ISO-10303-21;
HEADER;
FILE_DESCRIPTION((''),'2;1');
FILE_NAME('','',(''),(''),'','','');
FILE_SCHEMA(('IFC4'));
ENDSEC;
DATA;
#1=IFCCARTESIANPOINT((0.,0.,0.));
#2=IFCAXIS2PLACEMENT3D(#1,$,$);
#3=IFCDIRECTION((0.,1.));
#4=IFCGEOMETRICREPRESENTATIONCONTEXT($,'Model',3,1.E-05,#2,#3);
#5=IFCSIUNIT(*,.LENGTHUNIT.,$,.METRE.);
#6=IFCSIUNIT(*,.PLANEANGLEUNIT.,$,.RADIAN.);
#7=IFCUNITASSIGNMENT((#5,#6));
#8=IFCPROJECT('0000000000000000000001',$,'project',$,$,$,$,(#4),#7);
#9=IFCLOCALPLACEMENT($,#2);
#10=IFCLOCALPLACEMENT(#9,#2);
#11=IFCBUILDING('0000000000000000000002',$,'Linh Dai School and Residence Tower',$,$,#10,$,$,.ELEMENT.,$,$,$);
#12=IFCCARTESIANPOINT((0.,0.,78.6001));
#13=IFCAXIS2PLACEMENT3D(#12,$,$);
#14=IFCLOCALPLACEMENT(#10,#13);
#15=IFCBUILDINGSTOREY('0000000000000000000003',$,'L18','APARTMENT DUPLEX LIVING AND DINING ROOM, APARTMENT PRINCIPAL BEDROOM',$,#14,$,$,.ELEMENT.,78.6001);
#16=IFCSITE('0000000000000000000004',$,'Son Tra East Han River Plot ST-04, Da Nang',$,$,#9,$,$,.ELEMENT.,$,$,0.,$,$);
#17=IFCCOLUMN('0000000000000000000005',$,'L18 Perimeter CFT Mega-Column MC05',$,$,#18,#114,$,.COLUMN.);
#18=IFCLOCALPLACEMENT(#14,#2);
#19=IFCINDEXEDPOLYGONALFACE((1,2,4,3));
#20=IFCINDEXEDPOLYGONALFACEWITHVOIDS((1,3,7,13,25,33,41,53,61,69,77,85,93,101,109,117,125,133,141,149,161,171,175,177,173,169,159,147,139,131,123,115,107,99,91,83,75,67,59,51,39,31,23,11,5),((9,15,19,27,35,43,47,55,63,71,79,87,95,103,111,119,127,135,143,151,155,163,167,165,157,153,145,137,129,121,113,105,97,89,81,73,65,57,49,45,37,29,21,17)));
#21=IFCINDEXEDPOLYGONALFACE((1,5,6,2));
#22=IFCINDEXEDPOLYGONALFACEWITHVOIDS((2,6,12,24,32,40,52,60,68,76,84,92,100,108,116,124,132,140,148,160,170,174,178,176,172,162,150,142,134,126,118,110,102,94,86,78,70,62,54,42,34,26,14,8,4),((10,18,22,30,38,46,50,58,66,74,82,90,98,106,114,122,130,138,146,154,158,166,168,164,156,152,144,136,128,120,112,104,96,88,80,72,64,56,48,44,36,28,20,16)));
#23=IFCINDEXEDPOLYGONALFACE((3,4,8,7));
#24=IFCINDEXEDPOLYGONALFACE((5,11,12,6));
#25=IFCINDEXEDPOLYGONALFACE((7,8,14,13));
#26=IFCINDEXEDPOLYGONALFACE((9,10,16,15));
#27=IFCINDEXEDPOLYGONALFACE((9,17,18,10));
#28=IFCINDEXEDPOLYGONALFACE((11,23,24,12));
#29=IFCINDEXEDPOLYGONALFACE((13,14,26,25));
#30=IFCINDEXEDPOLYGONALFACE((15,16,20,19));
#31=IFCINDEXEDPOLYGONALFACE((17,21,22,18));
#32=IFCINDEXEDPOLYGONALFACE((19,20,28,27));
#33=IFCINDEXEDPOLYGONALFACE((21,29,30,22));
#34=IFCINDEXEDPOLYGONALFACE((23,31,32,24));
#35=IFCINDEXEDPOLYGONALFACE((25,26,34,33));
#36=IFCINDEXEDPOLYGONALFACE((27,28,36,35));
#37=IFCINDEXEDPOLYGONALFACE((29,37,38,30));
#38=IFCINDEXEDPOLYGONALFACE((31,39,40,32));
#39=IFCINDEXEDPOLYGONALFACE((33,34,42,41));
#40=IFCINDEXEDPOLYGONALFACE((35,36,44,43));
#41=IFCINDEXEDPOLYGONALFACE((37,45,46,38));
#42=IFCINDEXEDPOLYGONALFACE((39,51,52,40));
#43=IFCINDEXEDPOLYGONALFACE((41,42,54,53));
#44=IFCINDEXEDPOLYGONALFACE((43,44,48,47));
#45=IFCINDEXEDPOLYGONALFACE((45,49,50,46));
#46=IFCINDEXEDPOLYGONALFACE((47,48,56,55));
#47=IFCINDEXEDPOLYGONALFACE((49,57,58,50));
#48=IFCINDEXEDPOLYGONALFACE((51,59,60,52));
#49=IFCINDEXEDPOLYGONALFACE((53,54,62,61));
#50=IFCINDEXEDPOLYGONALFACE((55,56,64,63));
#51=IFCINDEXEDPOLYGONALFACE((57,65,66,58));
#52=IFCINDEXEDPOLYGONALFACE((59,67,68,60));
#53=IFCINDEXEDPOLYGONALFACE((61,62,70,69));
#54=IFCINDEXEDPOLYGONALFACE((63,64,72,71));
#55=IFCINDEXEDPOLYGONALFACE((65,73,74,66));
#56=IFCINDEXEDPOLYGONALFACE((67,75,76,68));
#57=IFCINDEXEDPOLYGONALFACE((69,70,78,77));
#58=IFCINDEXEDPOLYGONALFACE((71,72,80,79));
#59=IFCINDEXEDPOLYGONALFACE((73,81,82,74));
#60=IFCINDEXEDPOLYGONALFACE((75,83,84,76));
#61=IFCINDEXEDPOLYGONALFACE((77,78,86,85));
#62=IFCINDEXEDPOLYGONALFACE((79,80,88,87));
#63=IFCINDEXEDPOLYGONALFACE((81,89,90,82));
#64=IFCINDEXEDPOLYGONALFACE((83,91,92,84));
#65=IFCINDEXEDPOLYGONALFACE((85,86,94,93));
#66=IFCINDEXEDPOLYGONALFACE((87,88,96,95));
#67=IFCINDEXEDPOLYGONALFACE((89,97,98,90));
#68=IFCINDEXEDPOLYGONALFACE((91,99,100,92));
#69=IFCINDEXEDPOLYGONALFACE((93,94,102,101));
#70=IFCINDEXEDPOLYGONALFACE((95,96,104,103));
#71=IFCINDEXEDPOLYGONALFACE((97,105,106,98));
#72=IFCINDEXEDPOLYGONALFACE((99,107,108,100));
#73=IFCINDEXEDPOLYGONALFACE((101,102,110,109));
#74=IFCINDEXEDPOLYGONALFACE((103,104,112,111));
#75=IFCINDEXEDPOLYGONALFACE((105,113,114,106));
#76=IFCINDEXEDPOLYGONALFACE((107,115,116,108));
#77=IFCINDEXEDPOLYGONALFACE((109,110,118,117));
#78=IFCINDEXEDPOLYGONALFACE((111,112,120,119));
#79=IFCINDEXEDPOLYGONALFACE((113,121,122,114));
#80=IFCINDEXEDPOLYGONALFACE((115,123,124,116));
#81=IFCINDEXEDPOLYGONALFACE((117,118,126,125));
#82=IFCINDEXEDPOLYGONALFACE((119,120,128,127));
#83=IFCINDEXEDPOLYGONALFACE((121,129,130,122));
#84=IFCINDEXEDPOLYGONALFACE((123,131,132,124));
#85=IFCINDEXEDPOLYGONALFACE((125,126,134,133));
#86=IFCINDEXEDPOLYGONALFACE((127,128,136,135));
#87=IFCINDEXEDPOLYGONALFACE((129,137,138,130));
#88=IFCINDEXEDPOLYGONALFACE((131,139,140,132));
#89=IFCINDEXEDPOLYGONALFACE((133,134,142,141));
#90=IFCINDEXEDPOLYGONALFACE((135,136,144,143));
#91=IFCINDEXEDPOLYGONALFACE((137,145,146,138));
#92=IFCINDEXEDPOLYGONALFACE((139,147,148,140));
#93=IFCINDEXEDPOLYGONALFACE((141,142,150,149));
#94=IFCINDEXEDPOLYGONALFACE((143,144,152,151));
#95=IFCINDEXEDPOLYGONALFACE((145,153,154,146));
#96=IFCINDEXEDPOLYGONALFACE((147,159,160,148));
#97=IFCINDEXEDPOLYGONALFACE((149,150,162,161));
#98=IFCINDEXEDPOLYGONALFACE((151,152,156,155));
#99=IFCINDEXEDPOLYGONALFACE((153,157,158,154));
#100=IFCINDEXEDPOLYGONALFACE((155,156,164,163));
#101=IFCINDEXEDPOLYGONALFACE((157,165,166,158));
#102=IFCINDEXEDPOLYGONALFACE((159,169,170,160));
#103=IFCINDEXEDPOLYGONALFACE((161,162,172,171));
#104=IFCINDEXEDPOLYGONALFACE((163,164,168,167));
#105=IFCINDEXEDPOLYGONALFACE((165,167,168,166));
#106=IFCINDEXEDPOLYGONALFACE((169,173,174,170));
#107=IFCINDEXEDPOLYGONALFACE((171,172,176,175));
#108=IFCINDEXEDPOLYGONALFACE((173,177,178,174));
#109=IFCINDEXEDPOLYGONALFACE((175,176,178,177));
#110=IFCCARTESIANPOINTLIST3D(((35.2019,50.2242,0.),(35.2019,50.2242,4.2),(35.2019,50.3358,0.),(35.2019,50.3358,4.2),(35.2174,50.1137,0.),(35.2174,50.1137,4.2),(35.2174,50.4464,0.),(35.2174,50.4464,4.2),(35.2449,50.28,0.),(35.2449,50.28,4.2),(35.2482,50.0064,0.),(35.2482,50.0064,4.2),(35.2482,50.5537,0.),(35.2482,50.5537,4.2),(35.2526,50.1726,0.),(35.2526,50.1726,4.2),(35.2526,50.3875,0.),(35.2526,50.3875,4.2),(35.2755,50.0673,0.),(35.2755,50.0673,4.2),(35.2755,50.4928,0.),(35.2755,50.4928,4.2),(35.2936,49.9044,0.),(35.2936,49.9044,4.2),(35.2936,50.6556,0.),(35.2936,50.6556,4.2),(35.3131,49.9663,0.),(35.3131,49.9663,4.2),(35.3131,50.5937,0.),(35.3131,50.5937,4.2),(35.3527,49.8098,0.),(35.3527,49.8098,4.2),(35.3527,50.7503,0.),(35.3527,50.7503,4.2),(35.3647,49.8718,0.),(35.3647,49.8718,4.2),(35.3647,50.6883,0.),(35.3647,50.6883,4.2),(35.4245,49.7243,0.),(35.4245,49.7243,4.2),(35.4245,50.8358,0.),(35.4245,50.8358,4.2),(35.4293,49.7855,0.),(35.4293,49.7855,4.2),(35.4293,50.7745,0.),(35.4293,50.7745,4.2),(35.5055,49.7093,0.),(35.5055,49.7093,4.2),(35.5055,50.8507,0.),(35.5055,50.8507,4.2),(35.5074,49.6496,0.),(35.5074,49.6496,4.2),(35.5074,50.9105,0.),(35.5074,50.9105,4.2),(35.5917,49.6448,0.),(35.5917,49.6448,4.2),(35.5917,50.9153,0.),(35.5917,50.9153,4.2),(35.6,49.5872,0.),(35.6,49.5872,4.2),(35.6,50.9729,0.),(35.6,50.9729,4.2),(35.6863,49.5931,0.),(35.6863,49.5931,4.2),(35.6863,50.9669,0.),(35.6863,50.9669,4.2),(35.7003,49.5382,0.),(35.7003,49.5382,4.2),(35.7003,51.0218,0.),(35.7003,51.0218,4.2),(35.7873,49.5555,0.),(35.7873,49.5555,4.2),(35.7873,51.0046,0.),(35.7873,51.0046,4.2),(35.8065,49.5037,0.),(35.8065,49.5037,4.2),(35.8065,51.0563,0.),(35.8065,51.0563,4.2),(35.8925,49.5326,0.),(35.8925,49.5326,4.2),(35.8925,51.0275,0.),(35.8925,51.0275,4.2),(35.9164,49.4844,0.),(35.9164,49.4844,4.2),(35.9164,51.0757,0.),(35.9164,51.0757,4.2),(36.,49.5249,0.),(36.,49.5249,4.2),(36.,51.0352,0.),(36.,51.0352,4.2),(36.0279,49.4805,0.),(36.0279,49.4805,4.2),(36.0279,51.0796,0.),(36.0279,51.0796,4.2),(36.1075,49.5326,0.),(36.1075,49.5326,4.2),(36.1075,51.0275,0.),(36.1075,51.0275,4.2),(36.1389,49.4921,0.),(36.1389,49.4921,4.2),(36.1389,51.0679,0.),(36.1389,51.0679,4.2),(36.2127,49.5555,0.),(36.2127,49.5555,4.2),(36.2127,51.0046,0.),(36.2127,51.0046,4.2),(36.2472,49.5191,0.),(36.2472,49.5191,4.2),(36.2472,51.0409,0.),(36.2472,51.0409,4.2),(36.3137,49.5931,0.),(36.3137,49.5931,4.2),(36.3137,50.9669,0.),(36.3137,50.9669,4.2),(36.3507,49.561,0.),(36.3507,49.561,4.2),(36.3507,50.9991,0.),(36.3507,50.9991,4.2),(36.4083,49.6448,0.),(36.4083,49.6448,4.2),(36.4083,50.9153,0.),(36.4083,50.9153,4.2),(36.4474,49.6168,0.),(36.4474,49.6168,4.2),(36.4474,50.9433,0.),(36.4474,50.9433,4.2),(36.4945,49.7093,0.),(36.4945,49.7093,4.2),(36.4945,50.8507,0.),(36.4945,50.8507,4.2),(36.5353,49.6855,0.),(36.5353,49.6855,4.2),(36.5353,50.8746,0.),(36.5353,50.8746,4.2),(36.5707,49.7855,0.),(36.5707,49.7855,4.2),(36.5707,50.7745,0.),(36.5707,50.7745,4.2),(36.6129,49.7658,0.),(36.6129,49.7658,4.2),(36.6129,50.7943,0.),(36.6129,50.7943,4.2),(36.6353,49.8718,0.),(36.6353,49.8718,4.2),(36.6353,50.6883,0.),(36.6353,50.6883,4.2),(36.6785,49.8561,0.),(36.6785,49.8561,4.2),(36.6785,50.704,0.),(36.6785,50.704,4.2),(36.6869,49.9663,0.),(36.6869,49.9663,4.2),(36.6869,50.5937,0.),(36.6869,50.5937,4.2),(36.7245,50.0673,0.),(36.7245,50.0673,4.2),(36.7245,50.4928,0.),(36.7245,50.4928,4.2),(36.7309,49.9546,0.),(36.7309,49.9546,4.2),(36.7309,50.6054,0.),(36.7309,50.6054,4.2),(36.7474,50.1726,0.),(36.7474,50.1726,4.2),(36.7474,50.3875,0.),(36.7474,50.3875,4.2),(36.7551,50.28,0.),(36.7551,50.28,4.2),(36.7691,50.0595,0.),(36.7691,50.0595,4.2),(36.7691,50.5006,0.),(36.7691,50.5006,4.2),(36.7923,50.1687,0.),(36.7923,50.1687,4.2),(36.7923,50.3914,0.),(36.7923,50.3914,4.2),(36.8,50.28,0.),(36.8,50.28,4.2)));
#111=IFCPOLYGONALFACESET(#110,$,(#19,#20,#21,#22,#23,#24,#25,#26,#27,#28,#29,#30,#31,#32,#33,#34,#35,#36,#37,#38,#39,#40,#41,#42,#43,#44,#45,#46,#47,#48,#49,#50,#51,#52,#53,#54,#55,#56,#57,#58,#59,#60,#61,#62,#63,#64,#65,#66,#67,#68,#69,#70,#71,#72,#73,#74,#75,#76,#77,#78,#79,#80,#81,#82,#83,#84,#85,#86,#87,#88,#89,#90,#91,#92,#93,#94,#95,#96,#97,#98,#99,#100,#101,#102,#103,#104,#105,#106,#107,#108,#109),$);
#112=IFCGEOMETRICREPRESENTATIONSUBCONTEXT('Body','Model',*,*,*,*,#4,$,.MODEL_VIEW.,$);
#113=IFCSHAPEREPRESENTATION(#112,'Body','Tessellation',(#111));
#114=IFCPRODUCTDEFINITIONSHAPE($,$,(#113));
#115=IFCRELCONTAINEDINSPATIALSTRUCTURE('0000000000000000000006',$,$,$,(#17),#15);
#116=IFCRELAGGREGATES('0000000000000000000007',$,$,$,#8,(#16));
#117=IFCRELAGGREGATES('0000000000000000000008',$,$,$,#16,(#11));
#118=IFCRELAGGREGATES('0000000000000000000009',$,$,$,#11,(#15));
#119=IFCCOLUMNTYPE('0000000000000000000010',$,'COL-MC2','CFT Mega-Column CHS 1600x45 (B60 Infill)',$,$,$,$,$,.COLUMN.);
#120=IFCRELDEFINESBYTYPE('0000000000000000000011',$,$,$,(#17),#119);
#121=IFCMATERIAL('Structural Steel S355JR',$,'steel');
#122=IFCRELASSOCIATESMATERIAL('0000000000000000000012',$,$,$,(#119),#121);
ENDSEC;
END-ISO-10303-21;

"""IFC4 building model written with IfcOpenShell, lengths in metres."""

from ifc_helpers import new_model, si_unit, direction, frame, origin, origin_2d, place, context, subcontext, project, spatial, hollow_circle, extrude, material, material_profile, profile_set, type_object, element, save


model = new_model("IFC4")

# Units and contexts
model_context = context("Model", 3, precision=1e-05, world=origin(), true_north=direction((0.0, 1.0)))
body_context = subcontext(model_context, "Body", "Model", "MODEL_VIEW")
ifc_project = project(units=[si_unit("LENGTHUNIT", "METRE"), si_unit("PLANEANGLEUNIT", "RADIAN")], contexts=[model_context])

# Site, building, storey
site_placement = place(None, origin())
site = spatial("IfcSite", under=ifc_project, at=site_placement, Name="Son Tra East Han River Plot ST-04, Da Nang", CompositionType="ELEMENT", RefElevation=0.0)
building_placement = place(site_placement, origin())
building = spatial("IfcBuilding", under=site, at=building_placement, Name="Linh Dai School and Residence Tower", CompositionType="ELEMENT")
storey_placement = place(building_placement, frame((0.0, 0.0, 78.6001)))
storey = spatial("IfcBuildingStorey", under=building, at=storey_placement, Name="L18", Description="APARTMENT DUPLEX LIVING AND DINING ROOM, APARTMENT PRINCIPAL BEDROOM", CompositionType="ELEMENT", Elevation=78.6001)

# Column
ifc_material_1 = material(Name="Structural Steel S355JR", Category="steel")
ifc_material_profile_1 = material_profile(ifc_material_1, hollow_circle(Radius=0.8, WallThickness=0.0449, at=origin_2d()), Name="CHS 1600x45")
ifc_profile_set_1 = profile_set([ifc_material_profile_1], Name="Structural Steel S355JR")
column_type_1 = type_object("IfcColumnType", Name="COL-MC2", Description="CFT Mega-Column CHS 1600x45 (B60 Infill)", PredefinedType="COLUMN", material=ifc_profile_set_1)
for number, where, z_axis, x_axis, name in (
    (1, (36.0, 50.28, 0.0), (0.0, 0.0, 1.0), (1.0, 0.0, 0.0), "L18 Perimeter CFT Mega-Column MC05"),
):
    element("IfcColumn", number, at=place(storey_placement, frame(where, z_axis=z_axis, x_axis=x_axis)), inside=storey, type_object=column_type_1, Name=name, PredefinedType="COLUMN", context=body_context, shape_type="SweptSolid", body=[
        extrude(hollow_circle(Radius=0.8, WallThickness=0.0449, at=origin_2d()), origin(), (0.0, 0.0, 1.0), 4.2),
    ])

save(model, "model.ifc")
